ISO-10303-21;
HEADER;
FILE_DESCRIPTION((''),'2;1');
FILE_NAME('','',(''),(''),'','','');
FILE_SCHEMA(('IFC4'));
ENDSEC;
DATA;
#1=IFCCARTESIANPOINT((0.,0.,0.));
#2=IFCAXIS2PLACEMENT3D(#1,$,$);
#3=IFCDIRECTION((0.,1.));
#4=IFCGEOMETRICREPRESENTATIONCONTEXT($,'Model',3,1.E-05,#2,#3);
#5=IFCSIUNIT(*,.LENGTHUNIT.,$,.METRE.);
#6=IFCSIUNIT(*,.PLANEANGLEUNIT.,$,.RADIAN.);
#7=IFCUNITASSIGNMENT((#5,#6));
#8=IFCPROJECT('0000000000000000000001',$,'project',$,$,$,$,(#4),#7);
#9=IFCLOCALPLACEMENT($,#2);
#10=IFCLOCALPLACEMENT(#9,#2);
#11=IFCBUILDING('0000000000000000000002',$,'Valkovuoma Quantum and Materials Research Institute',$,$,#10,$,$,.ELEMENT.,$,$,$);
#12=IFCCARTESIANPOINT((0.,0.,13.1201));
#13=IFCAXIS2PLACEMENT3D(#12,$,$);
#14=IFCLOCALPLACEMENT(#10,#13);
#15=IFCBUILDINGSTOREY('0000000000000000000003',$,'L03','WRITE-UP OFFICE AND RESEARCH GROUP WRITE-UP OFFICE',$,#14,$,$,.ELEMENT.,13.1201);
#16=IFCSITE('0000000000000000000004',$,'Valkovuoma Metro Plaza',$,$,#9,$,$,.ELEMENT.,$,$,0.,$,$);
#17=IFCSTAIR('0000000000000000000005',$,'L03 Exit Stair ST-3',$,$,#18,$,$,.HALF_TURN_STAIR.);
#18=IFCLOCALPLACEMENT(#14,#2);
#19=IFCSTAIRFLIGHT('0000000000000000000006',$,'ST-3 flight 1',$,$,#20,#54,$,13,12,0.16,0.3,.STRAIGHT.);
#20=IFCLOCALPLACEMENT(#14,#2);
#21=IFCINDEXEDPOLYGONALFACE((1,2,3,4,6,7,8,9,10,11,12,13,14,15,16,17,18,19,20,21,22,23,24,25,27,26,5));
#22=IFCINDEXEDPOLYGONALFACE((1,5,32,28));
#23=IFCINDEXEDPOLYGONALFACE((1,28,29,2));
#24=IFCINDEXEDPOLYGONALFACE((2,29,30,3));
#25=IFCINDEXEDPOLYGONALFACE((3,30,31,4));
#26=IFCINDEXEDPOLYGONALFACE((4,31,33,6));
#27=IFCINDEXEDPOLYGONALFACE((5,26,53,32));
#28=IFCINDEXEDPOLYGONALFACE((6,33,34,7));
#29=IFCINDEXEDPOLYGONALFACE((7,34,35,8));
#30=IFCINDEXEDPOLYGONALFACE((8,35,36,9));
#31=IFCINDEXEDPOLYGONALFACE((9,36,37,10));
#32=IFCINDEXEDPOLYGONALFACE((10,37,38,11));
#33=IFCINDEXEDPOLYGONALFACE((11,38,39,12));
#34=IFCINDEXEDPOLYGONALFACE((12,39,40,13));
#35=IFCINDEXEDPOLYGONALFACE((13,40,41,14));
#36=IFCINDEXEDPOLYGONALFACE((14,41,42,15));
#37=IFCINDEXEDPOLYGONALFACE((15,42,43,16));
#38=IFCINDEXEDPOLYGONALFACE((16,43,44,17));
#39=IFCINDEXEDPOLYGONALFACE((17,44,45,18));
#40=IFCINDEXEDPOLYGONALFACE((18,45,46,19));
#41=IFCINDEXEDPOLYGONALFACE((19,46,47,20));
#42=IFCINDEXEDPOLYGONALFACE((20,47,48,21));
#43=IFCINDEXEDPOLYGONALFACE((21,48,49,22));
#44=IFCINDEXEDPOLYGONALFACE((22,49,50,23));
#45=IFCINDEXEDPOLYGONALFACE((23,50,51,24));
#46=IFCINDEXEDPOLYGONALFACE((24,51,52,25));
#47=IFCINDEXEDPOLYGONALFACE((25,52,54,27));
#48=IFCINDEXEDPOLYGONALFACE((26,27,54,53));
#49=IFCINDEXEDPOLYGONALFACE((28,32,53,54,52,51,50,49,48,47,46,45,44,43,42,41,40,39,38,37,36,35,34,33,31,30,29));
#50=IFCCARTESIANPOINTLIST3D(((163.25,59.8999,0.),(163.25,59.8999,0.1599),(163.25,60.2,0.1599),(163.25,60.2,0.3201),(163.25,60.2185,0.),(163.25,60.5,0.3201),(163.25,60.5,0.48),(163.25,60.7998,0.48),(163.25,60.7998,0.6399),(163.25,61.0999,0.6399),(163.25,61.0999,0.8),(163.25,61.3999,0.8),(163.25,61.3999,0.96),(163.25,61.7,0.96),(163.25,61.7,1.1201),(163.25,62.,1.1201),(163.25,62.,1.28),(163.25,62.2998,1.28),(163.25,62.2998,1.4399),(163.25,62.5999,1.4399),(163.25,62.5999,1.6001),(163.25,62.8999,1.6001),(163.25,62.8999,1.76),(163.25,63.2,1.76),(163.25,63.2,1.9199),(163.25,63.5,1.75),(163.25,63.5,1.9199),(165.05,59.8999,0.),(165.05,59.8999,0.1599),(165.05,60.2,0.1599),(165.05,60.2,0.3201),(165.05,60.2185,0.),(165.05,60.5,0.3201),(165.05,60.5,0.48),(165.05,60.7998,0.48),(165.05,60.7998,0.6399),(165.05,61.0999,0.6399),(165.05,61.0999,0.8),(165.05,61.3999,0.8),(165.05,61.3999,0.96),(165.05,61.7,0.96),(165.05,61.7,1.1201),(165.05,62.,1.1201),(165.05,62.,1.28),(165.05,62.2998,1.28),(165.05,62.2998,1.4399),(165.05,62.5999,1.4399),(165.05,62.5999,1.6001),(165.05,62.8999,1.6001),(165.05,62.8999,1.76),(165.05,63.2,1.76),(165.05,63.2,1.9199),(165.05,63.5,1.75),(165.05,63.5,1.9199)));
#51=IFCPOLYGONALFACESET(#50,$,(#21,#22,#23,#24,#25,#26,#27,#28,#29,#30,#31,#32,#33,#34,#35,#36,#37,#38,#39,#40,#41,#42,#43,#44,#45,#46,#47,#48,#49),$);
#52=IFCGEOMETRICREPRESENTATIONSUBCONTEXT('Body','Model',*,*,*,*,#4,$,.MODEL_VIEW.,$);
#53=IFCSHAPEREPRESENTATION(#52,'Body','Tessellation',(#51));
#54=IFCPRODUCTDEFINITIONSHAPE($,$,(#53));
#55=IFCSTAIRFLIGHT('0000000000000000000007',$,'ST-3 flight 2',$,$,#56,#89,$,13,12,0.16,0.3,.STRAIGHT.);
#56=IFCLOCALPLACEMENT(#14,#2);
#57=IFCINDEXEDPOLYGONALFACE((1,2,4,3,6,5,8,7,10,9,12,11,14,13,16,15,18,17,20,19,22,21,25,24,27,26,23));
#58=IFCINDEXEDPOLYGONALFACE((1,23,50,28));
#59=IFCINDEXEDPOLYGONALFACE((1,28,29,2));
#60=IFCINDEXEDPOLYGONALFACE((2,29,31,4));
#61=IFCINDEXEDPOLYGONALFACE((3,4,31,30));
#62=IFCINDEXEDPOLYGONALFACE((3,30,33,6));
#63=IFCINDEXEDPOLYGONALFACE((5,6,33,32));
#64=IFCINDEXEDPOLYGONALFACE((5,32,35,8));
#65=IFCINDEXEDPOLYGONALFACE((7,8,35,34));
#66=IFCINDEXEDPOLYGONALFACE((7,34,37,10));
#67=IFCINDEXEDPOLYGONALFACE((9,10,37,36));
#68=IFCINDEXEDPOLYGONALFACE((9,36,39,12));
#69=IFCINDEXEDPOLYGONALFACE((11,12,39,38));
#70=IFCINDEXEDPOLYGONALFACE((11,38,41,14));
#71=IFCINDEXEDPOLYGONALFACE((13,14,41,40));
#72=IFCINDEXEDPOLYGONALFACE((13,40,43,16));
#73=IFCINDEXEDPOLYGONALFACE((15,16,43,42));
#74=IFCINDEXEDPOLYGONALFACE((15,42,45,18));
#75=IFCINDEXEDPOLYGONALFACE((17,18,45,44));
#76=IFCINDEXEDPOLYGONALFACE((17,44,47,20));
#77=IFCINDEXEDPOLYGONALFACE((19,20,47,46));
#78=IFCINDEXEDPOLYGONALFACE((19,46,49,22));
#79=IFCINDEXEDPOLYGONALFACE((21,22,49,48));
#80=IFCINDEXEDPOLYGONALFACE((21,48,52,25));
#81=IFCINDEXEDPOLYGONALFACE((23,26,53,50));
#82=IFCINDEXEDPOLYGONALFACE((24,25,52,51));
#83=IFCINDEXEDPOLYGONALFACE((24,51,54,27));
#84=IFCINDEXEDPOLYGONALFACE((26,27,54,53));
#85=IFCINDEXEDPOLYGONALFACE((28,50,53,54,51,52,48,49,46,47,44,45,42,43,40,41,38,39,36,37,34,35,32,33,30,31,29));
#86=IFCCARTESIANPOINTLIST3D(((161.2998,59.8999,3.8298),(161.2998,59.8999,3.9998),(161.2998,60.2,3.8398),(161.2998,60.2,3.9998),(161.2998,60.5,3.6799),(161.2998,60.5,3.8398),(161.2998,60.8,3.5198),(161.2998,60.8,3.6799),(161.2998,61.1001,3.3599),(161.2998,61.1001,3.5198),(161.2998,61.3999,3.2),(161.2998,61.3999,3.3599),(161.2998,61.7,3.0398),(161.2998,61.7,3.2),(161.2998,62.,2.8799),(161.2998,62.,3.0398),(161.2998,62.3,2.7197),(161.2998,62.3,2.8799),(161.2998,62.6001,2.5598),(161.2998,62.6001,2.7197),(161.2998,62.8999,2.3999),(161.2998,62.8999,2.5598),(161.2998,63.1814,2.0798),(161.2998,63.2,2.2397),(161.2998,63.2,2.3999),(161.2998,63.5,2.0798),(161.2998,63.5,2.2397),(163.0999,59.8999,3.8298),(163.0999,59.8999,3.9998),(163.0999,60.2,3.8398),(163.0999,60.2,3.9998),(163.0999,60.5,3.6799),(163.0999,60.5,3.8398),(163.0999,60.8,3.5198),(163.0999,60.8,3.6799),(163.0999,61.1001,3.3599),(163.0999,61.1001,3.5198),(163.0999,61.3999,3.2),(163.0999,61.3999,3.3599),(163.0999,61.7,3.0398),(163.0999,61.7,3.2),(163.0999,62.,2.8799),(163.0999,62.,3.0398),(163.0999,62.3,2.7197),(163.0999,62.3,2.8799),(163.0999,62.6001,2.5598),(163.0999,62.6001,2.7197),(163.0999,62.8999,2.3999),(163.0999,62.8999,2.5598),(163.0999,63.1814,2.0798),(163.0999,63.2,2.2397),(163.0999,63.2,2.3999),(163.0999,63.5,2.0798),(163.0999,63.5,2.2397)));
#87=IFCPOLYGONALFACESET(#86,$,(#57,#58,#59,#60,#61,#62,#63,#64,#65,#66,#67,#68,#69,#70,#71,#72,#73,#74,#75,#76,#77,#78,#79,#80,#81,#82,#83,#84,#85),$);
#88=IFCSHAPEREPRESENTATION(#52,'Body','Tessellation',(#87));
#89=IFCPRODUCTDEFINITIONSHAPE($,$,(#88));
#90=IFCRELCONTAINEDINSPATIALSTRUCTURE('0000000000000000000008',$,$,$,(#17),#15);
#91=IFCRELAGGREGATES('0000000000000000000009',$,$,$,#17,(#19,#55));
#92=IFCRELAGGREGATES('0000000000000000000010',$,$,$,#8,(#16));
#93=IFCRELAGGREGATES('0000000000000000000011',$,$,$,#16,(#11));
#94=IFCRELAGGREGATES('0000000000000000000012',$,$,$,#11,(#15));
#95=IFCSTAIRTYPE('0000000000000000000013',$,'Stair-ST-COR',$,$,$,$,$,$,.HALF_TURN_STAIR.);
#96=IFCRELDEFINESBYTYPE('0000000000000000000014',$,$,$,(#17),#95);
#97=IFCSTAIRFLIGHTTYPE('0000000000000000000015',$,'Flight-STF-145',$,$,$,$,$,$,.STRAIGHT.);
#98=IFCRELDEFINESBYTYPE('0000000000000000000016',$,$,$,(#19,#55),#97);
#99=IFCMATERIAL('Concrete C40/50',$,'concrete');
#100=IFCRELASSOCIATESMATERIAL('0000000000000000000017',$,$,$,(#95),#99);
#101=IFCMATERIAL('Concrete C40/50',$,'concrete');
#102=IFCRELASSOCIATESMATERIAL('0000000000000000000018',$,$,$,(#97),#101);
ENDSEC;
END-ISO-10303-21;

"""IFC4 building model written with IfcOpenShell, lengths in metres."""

from ifc_helpers import new_model, si_unit, direction, frame, origin, place, context, subcontext, project, spatial, polyline, outline, extrude, material, type_object, element, aggregate, save


model = new_model("IFC4")

# Units and contexts
model_context = context("Model", 3, precision=1e-05, world=origin(), true_north=direction((0.0, 1.0)))
body_context = subcontext(model_context, "Body", "Model", "MODEL_VIEW")
ifc_project = project(units=[si_unit("LENGTHUNIT", "METRE"), si_unit("PLANEANGLEUNIT", "RADIAN")], contexts=[model_context])

# Site, building, storey
site_placement = place(None, origin())
site = spatial("IfcSite", under=ifc_project, at=site_placement, Name="Valkovuoma Metro Plaza", CompositionType="ELEMENT", RefElevation=0.0)
building_placement = place(site_placement, origin())
building = spatial("IfcBuilding", under=site, at=building_placement, Name="Valkovuoma Quantum and Materials Research Institute", CompositionType="ELEMENT")
storey_placement = place(building_placement, frame((0.0, 0.0, 13.1201)))
storey = spatial("IfcBuildingStorey", under=building, at=storey_placement, Name="L03", Description="WRITE-UP OFFICE AND RESEARCH GROUP WRITE-UP OFFICE", CompositionType="ELEMENT", Elevation=13.1201)

# Stair, stair flights
ifc_material_1 = material(Name="Concrete C40/50", Category="concrete")
stair_type = type_object("IfcStairType", Name="Stair-ST-COR", PredefinedType="HALF_TURN_STAIR", material=ifc_material_1)
stair_placement = place(storey_placement, origin())
stair = element("IfcStair", 1, at=stair_placement, inside=storey, type_object=stair_type, Name="L03 Exit Stair ST-3", PredefinedType="HALF_TURN_STAIR")
ifc_material_2 = material(Name="Concrete C40/50", Category="concrete")
stair_flight_type = type_object("IfcStairFlightType", Name="Flight-STF-145", PredefinedType="STRAIGHT", material=ifc_material_2)
stair_flight_1_placement = place(storey_placement, frame((164.1499, 59.8999, 0.0), z_axis=(0.0, 0.0, 1.0), x_axis=(0.0, 1.0, 0.0)))
stair_flight_1 = element("IfcStairFlight", 2, at=stair_flight_1_placement, type_object=stair_flight_type, Name="ST-3 flight 1", NumberOfRisers=13, NumberOfTreads=12, PredefinedType="STRAIGHT", RiserHeight=0.16, TreadLength=0.3, context=body_context, shape_type="SweptSolid", body=[
    extrude(outline(polyline([(0.0, 0.0), (0.0, 0.1599), (0.3, 0.1599), (0.3, 0.3201), (0.6001, 0.3201), (0.6001, 0.48), (0.8999, 0.48), (0.8999, 0.6399), (1.2, 0.6399), (1.2, 0.8), (1.5, 0.8), (1.5, 0.96), (1.8, 0.96), (1.8, 1.1201), (2.1001, 1.1201), (2.1001, 1.28), (2.3999, 1.28), (2.3999, 1.4399), (2.7, 1.4399), (2.7, 1.6001), (3.0, 1.6001), (3.0, 1.76), (3.3, 1.76), (3.3, 1.9199), (3.6001, 1.9199), (3.6001, 2.0801), (3.6001, 1.75), (0.3186, 0.0), (0.0, 0.0)])), frame((0.0, 0.8999, 0.0), z_axis=(0.0, -1.0, 0.0), x_axis=(1.0, 0.0, 0.0)), (0.0, 0.0, 1.0), 1.8),
])
stair_flight_2_placement = place(storey_placement, frame((162.2, 63.5, 2.0798), z_axis=(0.0, 0.0, 1.0), x_axis=(0.0, -1.0, 0.0)))
stair_flight_2 = element("IfcStairFlight", 3, at=stair_flight_2_placement, type_object=stair_flight_type, Name="ST-3 flight 2", NumberOfRisers=13, NumberOfTreads=12, PredefinedType="STRAIGHT", RiserHeight=0.16, TreadLength=0.3, context=body_context, shape_type="SweptSolid", body=[
    extrude(outline(polyline([(0.0, 0.0), (0.0, 0.1599), (0.3, 0.1599), (0.3, 0.3201), (0.6001, 0.3201), (0.6001, 0.48), (0.8999, 0.48), (0.8999, 0.6399), (1.2, 0.6399), (1.2, 0.8), (1.5, 0.8), (1.5, 0.96), (1.8, 0.96), (1.8, 1.1201), (2.1001, 1.1201), (2.1001, 1.28), (2.3999, 1.28), (2.3999, 1.4399), (2.7, 1.4399), (2.7, 1.6001), (3.0, 1.6001), (3.0, 1.76), (3.3, 1.76), (3.3, 1.9199), (3.6001, 1.9199), (3.6001, 2.0801), (3.6001, 1.75), (0.3186, 0.0), (0.0, 0.0)])), frame((0.0, 0.8999, 0.0), z_axis=(0.0, -1.0, 0.0), x_axis=(1.0, 0.0, 0.0)), (0.0, 0.0, 1.0), 1.8),
])
aggregate(stair, [stair_flight_1, stair_flight_2])

save(model, "model.ifc")
